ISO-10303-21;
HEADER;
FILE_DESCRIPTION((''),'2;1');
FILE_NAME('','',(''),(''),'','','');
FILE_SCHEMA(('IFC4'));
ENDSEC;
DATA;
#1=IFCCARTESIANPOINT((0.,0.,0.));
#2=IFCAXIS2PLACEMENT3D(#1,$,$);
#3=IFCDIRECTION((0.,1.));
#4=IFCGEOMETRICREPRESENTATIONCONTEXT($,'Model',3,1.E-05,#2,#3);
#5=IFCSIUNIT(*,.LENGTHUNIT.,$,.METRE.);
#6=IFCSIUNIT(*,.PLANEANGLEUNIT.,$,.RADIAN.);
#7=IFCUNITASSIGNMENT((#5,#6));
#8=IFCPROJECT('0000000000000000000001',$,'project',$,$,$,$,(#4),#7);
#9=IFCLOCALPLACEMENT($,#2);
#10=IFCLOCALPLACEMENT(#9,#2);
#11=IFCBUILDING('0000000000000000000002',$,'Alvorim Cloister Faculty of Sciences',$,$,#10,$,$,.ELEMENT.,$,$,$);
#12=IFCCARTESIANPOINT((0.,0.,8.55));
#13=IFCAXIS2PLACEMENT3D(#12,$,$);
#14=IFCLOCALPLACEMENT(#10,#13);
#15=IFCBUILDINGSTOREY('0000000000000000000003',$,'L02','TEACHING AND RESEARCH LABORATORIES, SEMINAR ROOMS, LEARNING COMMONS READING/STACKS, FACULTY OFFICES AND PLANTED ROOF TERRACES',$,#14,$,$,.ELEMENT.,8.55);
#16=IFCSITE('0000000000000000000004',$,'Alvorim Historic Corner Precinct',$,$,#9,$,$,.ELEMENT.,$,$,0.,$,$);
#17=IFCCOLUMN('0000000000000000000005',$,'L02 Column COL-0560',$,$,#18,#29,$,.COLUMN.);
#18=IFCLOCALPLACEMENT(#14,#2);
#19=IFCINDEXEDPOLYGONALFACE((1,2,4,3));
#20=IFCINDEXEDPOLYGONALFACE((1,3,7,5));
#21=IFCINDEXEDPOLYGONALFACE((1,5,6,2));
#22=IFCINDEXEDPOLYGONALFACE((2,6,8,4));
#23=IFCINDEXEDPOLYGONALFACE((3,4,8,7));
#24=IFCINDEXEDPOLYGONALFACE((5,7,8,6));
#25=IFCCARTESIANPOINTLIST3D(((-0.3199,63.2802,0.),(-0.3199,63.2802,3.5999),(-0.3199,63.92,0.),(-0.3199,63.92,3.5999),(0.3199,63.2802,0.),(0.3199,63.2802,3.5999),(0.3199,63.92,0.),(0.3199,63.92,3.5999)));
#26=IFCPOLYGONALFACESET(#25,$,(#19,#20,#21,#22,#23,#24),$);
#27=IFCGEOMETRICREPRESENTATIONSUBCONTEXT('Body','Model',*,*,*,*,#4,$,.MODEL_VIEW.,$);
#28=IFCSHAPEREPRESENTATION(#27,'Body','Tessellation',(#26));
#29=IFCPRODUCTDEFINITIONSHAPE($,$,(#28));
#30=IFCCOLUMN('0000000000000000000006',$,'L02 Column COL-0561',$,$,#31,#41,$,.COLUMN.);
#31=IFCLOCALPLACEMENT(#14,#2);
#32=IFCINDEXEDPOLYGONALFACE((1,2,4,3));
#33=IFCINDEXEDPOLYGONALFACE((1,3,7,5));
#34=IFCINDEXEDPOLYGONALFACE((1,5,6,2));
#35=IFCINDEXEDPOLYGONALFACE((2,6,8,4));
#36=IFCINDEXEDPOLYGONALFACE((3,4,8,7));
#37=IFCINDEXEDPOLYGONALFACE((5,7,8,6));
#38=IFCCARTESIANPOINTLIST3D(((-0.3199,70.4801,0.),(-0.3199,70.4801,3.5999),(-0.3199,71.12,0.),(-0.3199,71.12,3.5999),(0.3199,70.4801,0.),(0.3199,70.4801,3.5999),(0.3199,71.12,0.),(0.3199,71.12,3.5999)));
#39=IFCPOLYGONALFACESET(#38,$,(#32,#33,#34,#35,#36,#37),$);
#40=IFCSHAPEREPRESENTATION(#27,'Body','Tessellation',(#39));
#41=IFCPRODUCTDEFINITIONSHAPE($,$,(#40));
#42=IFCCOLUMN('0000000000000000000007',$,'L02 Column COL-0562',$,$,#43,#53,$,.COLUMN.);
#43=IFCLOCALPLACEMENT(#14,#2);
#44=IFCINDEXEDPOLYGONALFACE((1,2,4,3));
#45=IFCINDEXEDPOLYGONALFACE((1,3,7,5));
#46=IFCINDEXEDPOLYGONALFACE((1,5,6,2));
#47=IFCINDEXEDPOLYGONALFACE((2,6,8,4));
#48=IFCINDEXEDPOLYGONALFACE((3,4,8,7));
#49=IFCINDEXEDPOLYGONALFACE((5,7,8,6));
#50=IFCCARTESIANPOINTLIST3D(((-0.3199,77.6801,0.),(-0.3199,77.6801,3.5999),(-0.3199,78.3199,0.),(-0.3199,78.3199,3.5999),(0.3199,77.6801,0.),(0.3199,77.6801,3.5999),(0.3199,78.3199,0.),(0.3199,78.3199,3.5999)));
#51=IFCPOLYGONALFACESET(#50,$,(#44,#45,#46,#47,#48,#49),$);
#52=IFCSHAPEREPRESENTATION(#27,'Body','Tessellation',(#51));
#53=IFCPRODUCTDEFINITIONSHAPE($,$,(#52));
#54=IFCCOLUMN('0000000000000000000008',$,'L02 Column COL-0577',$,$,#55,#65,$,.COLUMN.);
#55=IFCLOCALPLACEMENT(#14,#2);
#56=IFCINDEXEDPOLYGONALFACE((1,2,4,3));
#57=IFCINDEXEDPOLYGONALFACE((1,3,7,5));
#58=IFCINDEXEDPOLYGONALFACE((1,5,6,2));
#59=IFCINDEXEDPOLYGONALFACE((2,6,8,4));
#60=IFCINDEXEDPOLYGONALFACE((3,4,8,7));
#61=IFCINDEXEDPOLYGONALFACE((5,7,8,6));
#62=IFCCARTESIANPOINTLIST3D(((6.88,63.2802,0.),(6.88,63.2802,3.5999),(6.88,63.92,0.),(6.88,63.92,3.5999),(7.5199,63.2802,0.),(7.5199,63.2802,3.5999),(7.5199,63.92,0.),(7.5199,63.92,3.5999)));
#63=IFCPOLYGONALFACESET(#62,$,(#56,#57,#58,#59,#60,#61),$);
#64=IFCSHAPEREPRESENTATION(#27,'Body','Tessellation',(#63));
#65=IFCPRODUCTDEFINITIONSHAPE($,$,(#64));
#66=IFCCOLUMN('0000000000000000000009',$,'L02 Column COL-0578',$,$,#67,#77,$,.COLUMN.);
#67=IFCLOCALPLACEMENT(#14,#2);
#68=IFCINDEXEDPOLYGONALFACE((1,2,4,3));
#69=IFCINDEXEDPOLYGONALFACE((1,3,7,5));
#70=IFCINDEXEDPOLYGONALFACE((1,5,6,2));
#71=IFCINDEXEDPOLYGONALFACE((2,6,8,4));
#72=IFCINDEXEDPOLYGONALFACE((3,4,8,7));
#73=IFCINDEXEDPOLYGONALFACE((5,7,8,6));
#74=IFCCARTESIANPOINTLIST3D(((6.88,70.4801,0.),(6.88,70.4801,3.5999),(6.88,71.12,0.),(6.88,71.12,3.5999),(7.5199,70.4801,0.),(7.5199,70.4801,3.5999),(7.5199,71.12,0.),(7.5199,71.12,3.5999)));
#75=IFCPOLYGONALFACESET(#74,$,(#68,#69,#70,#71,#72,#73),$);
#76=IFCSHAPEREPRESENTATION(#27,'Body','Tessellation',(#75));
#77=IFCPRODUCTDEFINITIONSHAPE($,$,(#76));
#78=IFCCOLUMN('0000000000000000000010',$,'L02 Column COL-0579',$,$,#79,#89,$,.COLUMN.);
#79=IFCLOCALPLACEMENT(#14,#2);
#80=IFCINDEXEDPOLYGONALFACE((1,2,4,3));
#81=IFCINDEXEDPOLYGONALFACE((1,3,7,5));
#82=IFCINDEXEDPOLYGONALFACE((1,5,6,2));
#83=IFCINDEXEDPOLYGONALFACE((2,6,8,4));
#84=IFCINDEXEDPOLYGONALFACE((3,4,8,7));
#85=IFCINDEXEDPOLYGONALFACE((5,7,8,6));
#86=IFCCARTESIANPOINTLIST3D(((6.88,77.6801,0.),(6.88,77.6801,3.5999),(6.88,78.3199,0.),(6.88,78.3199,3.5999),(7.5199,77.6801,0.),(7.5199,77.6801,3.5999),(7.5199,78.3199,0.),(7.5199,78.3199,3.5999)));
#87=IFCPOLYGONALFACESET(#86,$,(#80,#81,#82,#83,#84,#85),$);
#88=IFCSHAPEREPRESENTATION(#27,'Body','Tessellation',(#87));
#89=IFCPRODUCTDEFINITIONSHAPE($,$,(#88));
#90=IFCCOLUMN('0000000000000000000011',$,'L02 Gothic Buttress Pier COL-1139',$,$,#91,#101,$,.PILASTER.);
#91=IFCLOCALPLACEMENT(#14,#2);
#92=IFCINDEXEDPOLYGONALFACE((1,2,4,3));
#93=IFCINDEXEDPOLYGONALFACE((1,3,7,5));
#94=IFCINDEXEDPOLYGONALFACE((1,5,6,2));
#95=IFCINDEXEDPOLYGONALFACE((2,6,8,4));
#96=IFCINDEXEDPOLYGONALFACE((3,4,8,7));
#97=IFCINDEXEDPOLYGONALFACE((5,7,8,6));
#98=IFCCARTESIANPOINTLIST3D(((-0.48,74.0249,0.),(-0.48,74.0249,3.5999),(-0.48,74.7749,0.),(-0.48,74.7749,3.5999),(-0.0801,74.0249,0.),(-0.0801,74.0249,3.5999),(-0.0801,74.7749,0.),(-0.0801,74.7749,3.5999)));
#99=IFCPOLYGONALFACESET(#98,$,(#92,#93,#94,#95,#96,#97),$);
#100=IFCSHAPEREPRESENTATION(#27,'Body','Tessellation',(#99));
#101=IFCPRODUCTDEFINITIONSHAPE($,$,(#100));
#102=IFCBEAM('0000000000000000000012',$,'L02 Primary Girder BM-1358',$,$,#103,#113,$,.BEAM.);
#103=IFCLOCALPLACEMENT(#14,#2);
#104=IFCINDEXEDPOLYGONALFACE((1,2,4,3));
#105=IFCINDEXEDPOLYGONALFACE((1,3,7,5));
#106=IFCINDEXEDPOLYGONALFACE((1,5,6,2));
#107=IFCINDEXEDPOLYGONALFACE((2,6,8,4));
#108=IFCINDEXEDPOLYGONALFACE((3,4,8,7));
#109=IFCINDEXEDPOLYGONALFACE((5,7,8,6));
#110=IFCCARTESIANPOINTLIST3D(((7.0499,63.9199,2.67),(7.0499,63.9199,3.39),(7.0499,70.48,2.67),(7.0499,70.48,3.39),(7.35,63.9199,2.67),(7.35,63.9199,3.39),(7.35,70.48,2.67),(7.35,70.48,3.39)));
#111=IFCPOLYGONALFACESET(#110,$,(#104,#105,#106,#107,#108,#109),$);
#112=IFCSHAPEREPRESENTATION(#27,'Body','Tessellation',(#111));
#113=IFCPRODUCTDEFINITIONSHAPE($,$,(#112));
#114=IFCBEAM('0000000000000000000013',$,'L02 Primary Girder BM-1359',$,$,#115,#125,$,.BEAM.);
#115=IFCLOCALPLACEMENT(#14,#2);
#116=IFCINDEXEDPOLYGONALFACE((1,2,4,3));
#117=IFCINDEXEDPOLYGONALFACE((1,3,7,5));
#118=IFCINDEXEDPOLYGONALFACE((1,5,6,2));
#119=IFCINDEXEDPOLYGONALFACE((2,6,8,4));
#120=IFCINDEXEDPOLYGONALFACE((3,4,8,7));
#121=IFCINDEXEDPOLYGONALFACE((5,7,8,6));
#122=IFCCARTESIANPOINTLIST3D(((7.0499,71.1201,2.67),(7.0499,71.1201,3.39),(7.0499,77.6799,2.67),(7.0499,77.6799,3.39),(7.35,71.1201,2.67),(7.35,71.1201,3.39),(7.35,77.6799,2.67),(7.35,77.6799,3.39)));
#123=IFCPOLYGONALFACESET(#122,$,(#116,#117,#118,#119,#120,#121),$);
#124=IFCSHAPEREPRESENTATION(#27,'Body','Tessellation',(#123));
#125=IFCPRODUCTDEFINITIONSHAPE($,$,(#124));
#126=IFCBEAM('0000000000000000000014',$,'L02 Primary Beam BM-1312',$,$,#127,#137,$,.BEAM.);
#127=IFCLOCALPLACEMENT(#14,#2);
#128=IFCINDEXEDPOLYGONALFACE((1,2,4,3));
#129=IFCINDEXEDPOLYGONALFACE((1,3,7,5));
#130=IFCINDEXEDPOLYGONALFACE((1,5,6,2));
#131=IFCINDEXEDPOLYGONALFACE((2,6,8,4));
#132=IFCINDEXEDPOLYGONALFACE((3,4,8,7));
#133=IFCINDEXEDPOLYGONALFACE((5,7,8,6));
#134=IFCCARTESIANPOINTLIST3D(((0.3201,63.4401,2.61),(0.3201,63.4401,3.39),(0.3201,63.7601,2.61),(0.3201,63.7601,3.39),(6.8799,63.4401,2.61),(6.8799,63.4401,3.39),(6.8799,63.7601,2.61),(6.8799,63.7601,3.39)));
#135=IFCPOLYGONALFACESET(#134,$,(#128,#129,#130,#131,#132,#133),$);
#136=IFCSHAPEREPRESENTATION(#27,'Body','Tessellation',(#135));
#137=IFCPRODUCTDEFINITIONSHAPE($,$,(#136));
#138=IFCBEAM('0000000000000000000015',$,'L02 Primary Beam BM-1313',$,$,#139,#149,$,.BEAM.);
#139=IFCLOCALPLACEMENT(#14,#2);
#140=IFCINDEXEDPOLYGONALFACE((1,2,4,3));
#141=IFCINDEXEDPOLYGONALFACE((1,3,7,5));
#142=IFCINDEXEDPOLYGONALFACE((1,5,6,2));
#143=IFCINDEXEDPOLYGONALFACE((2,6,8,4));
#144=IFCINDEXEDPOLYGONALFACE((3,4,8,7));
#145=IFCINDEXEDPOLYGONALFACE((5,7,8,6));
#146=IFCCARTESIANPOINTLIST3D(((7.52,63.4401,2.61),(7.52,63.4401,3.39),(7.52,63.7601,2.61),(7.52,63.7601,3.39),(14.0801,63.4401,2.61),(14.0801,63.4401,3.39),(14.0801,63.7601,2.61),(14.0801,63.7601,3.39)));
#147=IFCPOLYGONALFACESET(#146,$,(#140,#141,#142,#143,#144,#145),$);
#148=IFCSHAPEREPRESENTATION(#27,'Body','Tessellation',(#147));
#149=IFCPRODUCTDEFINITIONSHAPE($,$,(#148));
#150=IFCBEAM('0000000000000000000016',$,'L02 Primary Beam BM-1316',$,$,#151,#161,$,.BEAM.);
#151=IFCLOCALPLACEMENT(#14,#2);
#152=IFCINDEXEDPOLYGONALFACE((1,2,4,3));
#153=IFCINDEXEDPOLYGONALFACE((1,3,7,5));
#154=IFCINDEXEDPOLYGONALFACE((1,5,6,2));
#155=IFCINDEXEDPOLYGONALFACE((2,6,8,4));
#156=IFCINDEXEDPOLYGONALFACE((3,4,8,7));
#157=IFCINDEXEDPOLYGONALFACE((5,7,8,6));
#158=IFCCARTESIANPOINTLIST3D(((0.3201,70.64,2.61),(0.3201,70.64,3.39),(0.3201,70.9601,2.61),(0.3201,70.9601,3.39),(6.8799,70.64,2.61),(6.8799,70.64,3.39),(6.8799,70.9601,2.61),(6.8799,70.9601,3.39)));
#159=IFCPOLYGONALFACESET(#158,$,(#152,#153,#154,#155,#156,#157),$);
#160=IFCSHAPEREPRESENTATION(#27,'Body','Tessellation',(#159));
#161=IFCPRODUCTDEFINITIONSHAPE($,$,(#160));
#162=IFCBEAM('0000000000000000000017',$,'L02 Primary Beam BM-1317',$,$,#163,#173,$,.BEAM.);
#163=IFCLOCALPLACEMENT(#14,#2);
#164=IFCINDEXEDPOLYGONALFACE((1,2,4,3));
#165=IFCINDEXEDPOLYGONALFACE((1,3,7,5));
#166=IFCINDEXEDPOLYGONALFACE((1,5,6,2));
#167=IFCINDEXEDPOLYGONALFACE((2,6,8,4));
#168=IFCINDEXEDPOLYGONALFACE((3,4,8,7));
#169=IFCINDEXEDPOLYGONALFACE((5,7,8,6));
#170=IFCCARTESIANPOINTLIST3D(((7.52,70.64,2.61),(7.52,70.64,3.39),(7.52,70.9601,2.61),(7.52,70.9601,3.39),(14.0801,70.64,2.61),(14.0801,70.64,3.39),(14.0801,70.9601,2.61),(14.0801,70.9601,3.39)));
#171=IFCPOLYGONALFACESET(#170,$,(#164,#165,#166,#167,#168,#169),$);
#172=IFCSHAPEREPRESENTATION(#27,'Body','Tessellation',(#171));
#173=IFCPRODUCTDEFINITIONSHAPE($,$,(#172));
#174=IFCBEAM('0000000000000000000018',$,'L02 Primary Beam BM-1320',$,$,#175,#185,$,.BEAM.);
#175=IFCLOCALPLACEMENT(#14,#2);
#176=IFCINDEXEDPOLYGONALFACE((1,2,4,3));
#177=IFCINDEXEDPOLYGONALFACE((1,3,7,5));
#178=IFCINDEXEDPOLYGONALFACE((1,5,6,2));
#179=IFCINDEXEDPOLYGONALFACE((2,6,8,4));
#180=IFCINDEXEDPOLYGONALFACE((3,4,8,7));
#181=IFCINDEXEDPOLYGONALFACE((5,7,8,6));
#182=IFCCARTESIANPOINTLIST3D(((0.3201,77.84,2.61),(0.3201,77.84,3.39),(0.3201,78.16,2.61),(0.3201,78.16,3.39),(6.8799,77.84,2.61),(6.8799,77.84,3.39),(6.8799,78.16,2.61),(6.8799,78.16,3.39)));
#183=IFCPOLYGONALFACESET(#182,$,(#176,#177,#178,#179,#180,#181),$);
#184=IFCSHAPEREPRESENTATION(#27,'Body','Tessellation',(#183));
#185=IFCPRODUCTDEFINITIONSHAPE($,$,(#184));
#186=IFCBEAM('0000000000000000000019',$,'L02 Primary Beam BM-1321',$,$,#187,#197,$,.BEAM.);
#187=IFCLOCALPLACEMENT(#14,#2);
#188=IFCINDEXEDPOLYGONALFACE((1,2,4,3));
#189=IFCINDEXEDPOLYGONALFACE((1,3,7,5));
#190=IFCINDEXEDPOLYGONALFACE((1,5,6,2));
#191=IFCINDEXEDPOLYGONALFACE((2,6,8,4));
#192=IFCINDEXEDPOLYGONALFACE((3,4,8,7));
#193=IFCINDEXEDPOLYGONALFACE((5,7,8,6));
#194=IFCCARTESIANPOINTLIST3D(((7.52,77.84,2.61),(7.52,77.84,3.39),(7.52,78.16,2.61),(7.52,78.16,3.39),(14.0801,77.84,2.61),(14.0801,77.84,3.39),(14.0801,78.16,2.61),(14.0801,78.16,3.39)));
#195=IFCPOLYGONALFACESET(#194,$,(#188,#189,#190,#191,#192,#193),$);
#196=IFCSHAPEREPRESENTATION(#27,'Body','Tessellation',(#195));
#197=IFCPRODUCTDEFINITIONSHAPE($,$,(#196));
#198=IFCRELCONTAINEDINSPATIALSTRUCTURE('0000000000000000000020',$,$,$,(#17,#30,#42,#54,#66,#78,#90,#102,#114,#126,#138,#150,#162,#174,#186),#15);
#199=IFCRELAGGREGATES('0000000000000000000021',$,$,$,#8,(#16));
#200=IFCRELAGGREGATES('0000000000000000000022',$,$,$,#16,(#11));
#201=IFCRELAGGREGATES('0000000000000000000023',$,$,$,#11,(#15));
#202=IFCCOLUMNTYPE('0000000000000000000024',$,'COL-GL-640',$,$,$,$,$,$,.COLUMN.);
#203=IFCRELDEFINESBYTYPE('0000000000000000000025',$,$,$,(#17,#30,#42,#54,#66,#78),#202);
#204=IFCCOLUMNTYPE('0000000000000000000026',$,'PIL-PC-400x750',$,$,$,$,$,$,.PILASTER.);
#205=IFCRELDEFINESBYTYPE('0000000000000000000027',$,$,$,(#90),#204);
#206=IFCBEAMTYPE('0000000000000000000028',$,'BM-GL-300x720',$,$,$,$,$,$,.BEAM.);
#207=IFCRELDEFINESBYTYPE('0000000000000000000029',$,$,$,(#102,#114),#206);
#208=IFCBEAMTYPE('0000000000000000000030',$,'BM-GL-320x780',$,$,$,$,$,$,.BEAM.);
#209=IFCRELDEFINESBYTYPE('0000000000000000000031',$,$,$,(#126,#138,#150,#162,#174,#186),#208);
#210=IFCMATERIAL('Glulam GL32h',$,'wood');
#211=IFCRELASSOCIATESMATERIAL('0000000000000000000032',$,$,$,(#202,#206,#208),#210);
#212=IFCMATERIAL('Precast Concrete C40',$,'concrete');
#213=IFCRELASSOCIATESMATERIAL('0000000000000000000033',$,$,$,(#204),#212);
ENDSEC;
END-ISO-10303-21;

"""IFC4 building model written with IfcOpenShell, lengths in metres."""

from ifc_helpers import new_model, si_unit, direction, frame, origin, origin_2d, place, context, subcontext, project, spatial, rectangle, extrude, material, material_profile, profile_set, type_object, element, save


model = new_model("IFC4")

# Units and contexts
model_context = context("Model", 3, precision=1e-05, world=origin(), true_north=direction((0.0, 1.0)))
body_context = subcontext(model_context, "Body", "Model", "MODEL_VIEW")
ifc_project = project(units=[si_unit("LENGTHUNIT", "METRE"), si_unit("PLANEANGLEUNIT", "RADIAN")], contexts=[model_context])

# Site, building, storey
site_placement = place(None, origin())
site = spatial("IfcSite", under=ifc_project, at=site_placement, Name="Alvorim Historic Corner Precinct", CompositionType="ELEMENT", RefElevation=0.0)
building_placement = place(site_placement, origin())
building = spatial("IfcBuilding", under=site, at=building_placement, Name="Alvorim Cloister Faculty of Sciences", CompositionType="ELEMENT")
storey_placement = place(building_placement, frame((0.0, 0.0, 8.55)))
storey = spatial("IfcBuildingStorey", under=building, at=storey_placement, Name="L02", Description="TEACHING AND RESEARCH LABORATORIES, SEMINAR ROOMS, LEARNING COMMONS READING/STACKS, FACULTY OFFICES AND PLANTED ROOF TERRACES", CompositionType="ELEMENT", Elevation=8.55)

# Columns
ifc_material_1 = material(Name="Glulam GL32h", Category="wood")
ifc_material_profile_1 = material_profile(ifc_material_1, rectangle(XDim=0.6399, YDim=0.6399, at=origin_2d()), Name="GL32-COL-640x640")
ifc_profile_set_1 = profile_set([ifc_material_profile_1], Name="Glulam GL32h")
column_type_1 = type_object("IfcColumnType", Name="COL-GL-640", PredefinedType="COLUMN", material=ifc_profile_set_1)
for number, where, z_axis, x_axis, name in (
    (1, (0.0, 63.6001, 0.0), (0.0, 0.0, 1.0), (1.0, 0.0, 0.0), "L02 Column COL-0560"),
    (2, (0.0, 70.8, 0.0), (0.0, 0.0, 1.0), (1.0, 0.0, 0.0), "L02 Column COL-0561"),
    (3, (0.0, 78.0, 0.0), (0.0, 0.0, 1.0), (1.0, 0.0, 0.0), "L02 Column COL-0562"),
    (4, (7.2, 63.6001, 0.0), (0.0, 0.0, 1.0), (1.0, 0.0, 0.0), "L02 Column COL-0577"),
    (5, (7.2, 70.8, 0.0), (0.0, 0.0, 1.0), (1.0, 0.0, 0.0), "L02 Column COL-0578"),
    (6, (7.2, 78.0, 0.0), (0.0, 0.0, 1.0), (1.0, 0.0, 0.0), "L02 Column COL-0579"),
):
    element("IfcColumn", number, at=place(storey_placement, frame(where, z_axis=z_axis, x_axis=x_axis)), inside=storey, type_object=column_type_1, Name=name, PredefinedType="COLUMN", context=body_context, shape_type="SweptSolid", body=[
        extrude(rectangle(XDim=0.6399, YDim=0.6399, at=origin_2d()), origin(), (0.0, 0.0, 1.0), 3.5999),
    ])
ifc_material_2 = material(Name="Precast Concrete C40", Category="concrete")
ifc_material_profile_2 = material_profile(ifc_material_2, rectangle(XDim=0.3999, YDim=0.75, at=origin_2d()), Name="RC40-PIL-400x750")
ifc_profile_set_2 = profile_set([ifc_material_profile_2], Name="Precast Concrete C40")
column_type_2 = type_object("IfcColumnType", Name="PIL-PC-400x750", PredefinedType="PILASTER", material=ifc_profile_set_2)
column_placement = place(storey_placement, frame((-0.28, 74.3999, 0.0), z_axis=(0.0, 0.0, 1.0), x_axis=(1.0, 0.0, 0.0)))
element("IfcColumn", 7, at=column_placement, inside=storey, type_object=column_type_2, Name="L02 Gothic Buttress Pier COL-1139", PredefinedType="PILASTER", context=body_context, shape_type="SweptSolid", body=[
    extrude(rectangle(XDim=0.3999, YDim=0.75, at=origin_2d()), origin(), (0.0, 0.0, 1.0), 3.5999),
])

# Beams
ifc_material_profile_3 = material_profile(ifc_material_1, rectangle(XDim=0.3, YDim=0.72, at=origin_2d()), Name="GL32-BM-300x720")
ifc_profile_set_3 = profile_set([ifc_material_profile_3], Name="Glulam GL32h")
beam_type_1 = type_object("IfcBeamType", Name="BM-GL-300x720", PredefinedType="BEAM", material=ifc_profile_set_3)
beam_1_placement = place(storey_placement, frame((7.2, 63.9199, 3.03), z_axis=(0.0, 1.0, 0.0), x_axis=(-1.0, 0.0, 0.0)))
element("IfcBeam", 8, at=beam_1_placement, inside=storey, type_object=beam_type_1, Name="L02 Primary Girder BM-1358", PredefinedType="BEAM", context=body_context, shape_type="SweptSolid", body=[
    extrude(rectangle(XDim=0.3, YDim=0.72, at=origin_2d()), origin(), (0.0, 0.0, 1.0), 6.5601),
])
beam_2_placement = place(storey_placement, frame((7.2, 71.1201, 3.03), z_axis=(0.0, 1.0, 0.0), x_axis=(-1.0, 0.0, 0.0)))
element("IfcBeam", 9, at=beam_2_placement, inside=storey, type_object=beam_type_1, Name="L02 Primary Girder BM-1359", PredefinedType="BEAM", context=body_context, shape_type="SweptSolid", body=[
    extrude(rectangle(XDim=0.3, YDim=0.72, at=origin_2d()), origin(), (0.0, 0.0, 1.0), 6.5598),
])
ifc_material_profile_4 = material_profile(ifc_material_1, rectangle(XDim=0.3201, YDim=0.78, at=origin_2d()), Name="GL32-BM-320x780")
ifc_profile_set_4 = profile_set([ifc_material_profile_4], Name="Glulam GL32h")
beam_type_2 = type_object("IfcBeamType", Name="BM-GL-320x780", PredefinedType="BEAM", material=ifc_profile_set_4)
beam_3_placement = place(storey_placement, frame((0.3201, 63.6001, 3.0), z_axis=(1.0, 0.0, 0.0), x_axis=(0.0, 1.0, 0.0)))
element("IfcBeam", 10, at=beam_3_placement, inside=storey, type_object=beam_type_2, Name="L02 Primary Beam BM-1312", PredefinedType="BEAM", context=body_context, shape_type="SweptSolid", body=[
    extrude(rectangle(XDim=0.3201, YDim=0.78, at=origin_2d()), origin(), (0.0, 0.0, 1.0), 6.5598),
])
beam_4_placement = place(storey_placement, frame((7.52, 63.6001, 3.0), z_axis=(1.0, 0.0, 0.0), x_axis=(0.0, 1.0, 0.0)))
element("IfcBeam", 11, at=beam_4_placement, inside=storey, type_object=beam_type_2, Name="L02 Primary Beam BM-1313", PredefinedType="BEAM", context=body_context, shape_type="SweptSolid", body=[
    extrude(rectangle(XDim=0.3201, YDim=0.78, at=origin_2d()), origin(), (0.0, 0.0, 1.0), 6.5601),
])
beam_5_placement = place(storey_placement, frame((0.3201, 70.8, 3.0), z_axis=(1.0, 0.0, 0.0), x_axis=(0.0, 1.0, 0.0)))
element("IfcBeam", 12, at=beam_5_placement, inside=storey, type_object=beam_type_2, Name="L02 Primary Beam BM-1316", PredefinedType="BEAM", context=body_context, shape_type="SweptSolid", body=[
    extrude(rectangle(XDim=0.3201, YDim=0.78, at=origin_2d()), origin(), (0.0, 0.0, 1.0), 6.5598),
])
beam_6_placement = place(storey_placement, frame((7.52, 70.8, 3.0), z_axis=(1.0, 0.0, 0.0), x_axis=(0.0, 1.0, 0.0)))
element("IfcBeam", 13, at=beam_6_placement, inside=storey, type_object=beam_type_2, Name="L02 Primary Beam BM-1317", PredefinedType="BEAM", context=body_context, shape_type="SweptSolid", body=[
    extrude(rectangle(XDim=0.3201, YDim=0.78, at=origin_2d()), origin(), (0.0, 0.0, 1.0), 6.5601),
])
beam_7_placement = place(storey_placement, frame((0.3201, 78.0, 3.0), z_axis=(1.0, 0.0, 0.0), x_axis=(0.0, 1.0, 0.0)))
element("IfcBeam", 14, at=beam_7_placement, inside=storey, type_object=beam_type_2, Name="L02 Primary Beam BM-1320", PredefinedType="BEAM", context=body_context, shape_type="SweptSolid", body=[
    extrude(rectangle(XDim=0.3201, YDim=0.78, at=origin_2d()), origin(), (0.0, 0.0, 1.0), 6.5598),
])
beam_8_placement = place(storey_placement, frame((7.52, 78.0, 3.0), z_axis=(1.0, 0.0, 0.0), x_axis=(0.0, 1.0, 0.0)))
element("IfcBeam", 15, at=beam_8_placement, inside=storey, type_object=beam_type_2, Name="L02 Primary Beam BM-1321", PredefinedType="BEAM", context=body_context, shape_type="SweptSolid", body=[
    extrude(rectangle(XDim=0.3201, YDim=0.78, at=origin_2d()), origin(), (0.0, 0.0, 1.0), 6.5601),
])

save(model, "model.ifc")
